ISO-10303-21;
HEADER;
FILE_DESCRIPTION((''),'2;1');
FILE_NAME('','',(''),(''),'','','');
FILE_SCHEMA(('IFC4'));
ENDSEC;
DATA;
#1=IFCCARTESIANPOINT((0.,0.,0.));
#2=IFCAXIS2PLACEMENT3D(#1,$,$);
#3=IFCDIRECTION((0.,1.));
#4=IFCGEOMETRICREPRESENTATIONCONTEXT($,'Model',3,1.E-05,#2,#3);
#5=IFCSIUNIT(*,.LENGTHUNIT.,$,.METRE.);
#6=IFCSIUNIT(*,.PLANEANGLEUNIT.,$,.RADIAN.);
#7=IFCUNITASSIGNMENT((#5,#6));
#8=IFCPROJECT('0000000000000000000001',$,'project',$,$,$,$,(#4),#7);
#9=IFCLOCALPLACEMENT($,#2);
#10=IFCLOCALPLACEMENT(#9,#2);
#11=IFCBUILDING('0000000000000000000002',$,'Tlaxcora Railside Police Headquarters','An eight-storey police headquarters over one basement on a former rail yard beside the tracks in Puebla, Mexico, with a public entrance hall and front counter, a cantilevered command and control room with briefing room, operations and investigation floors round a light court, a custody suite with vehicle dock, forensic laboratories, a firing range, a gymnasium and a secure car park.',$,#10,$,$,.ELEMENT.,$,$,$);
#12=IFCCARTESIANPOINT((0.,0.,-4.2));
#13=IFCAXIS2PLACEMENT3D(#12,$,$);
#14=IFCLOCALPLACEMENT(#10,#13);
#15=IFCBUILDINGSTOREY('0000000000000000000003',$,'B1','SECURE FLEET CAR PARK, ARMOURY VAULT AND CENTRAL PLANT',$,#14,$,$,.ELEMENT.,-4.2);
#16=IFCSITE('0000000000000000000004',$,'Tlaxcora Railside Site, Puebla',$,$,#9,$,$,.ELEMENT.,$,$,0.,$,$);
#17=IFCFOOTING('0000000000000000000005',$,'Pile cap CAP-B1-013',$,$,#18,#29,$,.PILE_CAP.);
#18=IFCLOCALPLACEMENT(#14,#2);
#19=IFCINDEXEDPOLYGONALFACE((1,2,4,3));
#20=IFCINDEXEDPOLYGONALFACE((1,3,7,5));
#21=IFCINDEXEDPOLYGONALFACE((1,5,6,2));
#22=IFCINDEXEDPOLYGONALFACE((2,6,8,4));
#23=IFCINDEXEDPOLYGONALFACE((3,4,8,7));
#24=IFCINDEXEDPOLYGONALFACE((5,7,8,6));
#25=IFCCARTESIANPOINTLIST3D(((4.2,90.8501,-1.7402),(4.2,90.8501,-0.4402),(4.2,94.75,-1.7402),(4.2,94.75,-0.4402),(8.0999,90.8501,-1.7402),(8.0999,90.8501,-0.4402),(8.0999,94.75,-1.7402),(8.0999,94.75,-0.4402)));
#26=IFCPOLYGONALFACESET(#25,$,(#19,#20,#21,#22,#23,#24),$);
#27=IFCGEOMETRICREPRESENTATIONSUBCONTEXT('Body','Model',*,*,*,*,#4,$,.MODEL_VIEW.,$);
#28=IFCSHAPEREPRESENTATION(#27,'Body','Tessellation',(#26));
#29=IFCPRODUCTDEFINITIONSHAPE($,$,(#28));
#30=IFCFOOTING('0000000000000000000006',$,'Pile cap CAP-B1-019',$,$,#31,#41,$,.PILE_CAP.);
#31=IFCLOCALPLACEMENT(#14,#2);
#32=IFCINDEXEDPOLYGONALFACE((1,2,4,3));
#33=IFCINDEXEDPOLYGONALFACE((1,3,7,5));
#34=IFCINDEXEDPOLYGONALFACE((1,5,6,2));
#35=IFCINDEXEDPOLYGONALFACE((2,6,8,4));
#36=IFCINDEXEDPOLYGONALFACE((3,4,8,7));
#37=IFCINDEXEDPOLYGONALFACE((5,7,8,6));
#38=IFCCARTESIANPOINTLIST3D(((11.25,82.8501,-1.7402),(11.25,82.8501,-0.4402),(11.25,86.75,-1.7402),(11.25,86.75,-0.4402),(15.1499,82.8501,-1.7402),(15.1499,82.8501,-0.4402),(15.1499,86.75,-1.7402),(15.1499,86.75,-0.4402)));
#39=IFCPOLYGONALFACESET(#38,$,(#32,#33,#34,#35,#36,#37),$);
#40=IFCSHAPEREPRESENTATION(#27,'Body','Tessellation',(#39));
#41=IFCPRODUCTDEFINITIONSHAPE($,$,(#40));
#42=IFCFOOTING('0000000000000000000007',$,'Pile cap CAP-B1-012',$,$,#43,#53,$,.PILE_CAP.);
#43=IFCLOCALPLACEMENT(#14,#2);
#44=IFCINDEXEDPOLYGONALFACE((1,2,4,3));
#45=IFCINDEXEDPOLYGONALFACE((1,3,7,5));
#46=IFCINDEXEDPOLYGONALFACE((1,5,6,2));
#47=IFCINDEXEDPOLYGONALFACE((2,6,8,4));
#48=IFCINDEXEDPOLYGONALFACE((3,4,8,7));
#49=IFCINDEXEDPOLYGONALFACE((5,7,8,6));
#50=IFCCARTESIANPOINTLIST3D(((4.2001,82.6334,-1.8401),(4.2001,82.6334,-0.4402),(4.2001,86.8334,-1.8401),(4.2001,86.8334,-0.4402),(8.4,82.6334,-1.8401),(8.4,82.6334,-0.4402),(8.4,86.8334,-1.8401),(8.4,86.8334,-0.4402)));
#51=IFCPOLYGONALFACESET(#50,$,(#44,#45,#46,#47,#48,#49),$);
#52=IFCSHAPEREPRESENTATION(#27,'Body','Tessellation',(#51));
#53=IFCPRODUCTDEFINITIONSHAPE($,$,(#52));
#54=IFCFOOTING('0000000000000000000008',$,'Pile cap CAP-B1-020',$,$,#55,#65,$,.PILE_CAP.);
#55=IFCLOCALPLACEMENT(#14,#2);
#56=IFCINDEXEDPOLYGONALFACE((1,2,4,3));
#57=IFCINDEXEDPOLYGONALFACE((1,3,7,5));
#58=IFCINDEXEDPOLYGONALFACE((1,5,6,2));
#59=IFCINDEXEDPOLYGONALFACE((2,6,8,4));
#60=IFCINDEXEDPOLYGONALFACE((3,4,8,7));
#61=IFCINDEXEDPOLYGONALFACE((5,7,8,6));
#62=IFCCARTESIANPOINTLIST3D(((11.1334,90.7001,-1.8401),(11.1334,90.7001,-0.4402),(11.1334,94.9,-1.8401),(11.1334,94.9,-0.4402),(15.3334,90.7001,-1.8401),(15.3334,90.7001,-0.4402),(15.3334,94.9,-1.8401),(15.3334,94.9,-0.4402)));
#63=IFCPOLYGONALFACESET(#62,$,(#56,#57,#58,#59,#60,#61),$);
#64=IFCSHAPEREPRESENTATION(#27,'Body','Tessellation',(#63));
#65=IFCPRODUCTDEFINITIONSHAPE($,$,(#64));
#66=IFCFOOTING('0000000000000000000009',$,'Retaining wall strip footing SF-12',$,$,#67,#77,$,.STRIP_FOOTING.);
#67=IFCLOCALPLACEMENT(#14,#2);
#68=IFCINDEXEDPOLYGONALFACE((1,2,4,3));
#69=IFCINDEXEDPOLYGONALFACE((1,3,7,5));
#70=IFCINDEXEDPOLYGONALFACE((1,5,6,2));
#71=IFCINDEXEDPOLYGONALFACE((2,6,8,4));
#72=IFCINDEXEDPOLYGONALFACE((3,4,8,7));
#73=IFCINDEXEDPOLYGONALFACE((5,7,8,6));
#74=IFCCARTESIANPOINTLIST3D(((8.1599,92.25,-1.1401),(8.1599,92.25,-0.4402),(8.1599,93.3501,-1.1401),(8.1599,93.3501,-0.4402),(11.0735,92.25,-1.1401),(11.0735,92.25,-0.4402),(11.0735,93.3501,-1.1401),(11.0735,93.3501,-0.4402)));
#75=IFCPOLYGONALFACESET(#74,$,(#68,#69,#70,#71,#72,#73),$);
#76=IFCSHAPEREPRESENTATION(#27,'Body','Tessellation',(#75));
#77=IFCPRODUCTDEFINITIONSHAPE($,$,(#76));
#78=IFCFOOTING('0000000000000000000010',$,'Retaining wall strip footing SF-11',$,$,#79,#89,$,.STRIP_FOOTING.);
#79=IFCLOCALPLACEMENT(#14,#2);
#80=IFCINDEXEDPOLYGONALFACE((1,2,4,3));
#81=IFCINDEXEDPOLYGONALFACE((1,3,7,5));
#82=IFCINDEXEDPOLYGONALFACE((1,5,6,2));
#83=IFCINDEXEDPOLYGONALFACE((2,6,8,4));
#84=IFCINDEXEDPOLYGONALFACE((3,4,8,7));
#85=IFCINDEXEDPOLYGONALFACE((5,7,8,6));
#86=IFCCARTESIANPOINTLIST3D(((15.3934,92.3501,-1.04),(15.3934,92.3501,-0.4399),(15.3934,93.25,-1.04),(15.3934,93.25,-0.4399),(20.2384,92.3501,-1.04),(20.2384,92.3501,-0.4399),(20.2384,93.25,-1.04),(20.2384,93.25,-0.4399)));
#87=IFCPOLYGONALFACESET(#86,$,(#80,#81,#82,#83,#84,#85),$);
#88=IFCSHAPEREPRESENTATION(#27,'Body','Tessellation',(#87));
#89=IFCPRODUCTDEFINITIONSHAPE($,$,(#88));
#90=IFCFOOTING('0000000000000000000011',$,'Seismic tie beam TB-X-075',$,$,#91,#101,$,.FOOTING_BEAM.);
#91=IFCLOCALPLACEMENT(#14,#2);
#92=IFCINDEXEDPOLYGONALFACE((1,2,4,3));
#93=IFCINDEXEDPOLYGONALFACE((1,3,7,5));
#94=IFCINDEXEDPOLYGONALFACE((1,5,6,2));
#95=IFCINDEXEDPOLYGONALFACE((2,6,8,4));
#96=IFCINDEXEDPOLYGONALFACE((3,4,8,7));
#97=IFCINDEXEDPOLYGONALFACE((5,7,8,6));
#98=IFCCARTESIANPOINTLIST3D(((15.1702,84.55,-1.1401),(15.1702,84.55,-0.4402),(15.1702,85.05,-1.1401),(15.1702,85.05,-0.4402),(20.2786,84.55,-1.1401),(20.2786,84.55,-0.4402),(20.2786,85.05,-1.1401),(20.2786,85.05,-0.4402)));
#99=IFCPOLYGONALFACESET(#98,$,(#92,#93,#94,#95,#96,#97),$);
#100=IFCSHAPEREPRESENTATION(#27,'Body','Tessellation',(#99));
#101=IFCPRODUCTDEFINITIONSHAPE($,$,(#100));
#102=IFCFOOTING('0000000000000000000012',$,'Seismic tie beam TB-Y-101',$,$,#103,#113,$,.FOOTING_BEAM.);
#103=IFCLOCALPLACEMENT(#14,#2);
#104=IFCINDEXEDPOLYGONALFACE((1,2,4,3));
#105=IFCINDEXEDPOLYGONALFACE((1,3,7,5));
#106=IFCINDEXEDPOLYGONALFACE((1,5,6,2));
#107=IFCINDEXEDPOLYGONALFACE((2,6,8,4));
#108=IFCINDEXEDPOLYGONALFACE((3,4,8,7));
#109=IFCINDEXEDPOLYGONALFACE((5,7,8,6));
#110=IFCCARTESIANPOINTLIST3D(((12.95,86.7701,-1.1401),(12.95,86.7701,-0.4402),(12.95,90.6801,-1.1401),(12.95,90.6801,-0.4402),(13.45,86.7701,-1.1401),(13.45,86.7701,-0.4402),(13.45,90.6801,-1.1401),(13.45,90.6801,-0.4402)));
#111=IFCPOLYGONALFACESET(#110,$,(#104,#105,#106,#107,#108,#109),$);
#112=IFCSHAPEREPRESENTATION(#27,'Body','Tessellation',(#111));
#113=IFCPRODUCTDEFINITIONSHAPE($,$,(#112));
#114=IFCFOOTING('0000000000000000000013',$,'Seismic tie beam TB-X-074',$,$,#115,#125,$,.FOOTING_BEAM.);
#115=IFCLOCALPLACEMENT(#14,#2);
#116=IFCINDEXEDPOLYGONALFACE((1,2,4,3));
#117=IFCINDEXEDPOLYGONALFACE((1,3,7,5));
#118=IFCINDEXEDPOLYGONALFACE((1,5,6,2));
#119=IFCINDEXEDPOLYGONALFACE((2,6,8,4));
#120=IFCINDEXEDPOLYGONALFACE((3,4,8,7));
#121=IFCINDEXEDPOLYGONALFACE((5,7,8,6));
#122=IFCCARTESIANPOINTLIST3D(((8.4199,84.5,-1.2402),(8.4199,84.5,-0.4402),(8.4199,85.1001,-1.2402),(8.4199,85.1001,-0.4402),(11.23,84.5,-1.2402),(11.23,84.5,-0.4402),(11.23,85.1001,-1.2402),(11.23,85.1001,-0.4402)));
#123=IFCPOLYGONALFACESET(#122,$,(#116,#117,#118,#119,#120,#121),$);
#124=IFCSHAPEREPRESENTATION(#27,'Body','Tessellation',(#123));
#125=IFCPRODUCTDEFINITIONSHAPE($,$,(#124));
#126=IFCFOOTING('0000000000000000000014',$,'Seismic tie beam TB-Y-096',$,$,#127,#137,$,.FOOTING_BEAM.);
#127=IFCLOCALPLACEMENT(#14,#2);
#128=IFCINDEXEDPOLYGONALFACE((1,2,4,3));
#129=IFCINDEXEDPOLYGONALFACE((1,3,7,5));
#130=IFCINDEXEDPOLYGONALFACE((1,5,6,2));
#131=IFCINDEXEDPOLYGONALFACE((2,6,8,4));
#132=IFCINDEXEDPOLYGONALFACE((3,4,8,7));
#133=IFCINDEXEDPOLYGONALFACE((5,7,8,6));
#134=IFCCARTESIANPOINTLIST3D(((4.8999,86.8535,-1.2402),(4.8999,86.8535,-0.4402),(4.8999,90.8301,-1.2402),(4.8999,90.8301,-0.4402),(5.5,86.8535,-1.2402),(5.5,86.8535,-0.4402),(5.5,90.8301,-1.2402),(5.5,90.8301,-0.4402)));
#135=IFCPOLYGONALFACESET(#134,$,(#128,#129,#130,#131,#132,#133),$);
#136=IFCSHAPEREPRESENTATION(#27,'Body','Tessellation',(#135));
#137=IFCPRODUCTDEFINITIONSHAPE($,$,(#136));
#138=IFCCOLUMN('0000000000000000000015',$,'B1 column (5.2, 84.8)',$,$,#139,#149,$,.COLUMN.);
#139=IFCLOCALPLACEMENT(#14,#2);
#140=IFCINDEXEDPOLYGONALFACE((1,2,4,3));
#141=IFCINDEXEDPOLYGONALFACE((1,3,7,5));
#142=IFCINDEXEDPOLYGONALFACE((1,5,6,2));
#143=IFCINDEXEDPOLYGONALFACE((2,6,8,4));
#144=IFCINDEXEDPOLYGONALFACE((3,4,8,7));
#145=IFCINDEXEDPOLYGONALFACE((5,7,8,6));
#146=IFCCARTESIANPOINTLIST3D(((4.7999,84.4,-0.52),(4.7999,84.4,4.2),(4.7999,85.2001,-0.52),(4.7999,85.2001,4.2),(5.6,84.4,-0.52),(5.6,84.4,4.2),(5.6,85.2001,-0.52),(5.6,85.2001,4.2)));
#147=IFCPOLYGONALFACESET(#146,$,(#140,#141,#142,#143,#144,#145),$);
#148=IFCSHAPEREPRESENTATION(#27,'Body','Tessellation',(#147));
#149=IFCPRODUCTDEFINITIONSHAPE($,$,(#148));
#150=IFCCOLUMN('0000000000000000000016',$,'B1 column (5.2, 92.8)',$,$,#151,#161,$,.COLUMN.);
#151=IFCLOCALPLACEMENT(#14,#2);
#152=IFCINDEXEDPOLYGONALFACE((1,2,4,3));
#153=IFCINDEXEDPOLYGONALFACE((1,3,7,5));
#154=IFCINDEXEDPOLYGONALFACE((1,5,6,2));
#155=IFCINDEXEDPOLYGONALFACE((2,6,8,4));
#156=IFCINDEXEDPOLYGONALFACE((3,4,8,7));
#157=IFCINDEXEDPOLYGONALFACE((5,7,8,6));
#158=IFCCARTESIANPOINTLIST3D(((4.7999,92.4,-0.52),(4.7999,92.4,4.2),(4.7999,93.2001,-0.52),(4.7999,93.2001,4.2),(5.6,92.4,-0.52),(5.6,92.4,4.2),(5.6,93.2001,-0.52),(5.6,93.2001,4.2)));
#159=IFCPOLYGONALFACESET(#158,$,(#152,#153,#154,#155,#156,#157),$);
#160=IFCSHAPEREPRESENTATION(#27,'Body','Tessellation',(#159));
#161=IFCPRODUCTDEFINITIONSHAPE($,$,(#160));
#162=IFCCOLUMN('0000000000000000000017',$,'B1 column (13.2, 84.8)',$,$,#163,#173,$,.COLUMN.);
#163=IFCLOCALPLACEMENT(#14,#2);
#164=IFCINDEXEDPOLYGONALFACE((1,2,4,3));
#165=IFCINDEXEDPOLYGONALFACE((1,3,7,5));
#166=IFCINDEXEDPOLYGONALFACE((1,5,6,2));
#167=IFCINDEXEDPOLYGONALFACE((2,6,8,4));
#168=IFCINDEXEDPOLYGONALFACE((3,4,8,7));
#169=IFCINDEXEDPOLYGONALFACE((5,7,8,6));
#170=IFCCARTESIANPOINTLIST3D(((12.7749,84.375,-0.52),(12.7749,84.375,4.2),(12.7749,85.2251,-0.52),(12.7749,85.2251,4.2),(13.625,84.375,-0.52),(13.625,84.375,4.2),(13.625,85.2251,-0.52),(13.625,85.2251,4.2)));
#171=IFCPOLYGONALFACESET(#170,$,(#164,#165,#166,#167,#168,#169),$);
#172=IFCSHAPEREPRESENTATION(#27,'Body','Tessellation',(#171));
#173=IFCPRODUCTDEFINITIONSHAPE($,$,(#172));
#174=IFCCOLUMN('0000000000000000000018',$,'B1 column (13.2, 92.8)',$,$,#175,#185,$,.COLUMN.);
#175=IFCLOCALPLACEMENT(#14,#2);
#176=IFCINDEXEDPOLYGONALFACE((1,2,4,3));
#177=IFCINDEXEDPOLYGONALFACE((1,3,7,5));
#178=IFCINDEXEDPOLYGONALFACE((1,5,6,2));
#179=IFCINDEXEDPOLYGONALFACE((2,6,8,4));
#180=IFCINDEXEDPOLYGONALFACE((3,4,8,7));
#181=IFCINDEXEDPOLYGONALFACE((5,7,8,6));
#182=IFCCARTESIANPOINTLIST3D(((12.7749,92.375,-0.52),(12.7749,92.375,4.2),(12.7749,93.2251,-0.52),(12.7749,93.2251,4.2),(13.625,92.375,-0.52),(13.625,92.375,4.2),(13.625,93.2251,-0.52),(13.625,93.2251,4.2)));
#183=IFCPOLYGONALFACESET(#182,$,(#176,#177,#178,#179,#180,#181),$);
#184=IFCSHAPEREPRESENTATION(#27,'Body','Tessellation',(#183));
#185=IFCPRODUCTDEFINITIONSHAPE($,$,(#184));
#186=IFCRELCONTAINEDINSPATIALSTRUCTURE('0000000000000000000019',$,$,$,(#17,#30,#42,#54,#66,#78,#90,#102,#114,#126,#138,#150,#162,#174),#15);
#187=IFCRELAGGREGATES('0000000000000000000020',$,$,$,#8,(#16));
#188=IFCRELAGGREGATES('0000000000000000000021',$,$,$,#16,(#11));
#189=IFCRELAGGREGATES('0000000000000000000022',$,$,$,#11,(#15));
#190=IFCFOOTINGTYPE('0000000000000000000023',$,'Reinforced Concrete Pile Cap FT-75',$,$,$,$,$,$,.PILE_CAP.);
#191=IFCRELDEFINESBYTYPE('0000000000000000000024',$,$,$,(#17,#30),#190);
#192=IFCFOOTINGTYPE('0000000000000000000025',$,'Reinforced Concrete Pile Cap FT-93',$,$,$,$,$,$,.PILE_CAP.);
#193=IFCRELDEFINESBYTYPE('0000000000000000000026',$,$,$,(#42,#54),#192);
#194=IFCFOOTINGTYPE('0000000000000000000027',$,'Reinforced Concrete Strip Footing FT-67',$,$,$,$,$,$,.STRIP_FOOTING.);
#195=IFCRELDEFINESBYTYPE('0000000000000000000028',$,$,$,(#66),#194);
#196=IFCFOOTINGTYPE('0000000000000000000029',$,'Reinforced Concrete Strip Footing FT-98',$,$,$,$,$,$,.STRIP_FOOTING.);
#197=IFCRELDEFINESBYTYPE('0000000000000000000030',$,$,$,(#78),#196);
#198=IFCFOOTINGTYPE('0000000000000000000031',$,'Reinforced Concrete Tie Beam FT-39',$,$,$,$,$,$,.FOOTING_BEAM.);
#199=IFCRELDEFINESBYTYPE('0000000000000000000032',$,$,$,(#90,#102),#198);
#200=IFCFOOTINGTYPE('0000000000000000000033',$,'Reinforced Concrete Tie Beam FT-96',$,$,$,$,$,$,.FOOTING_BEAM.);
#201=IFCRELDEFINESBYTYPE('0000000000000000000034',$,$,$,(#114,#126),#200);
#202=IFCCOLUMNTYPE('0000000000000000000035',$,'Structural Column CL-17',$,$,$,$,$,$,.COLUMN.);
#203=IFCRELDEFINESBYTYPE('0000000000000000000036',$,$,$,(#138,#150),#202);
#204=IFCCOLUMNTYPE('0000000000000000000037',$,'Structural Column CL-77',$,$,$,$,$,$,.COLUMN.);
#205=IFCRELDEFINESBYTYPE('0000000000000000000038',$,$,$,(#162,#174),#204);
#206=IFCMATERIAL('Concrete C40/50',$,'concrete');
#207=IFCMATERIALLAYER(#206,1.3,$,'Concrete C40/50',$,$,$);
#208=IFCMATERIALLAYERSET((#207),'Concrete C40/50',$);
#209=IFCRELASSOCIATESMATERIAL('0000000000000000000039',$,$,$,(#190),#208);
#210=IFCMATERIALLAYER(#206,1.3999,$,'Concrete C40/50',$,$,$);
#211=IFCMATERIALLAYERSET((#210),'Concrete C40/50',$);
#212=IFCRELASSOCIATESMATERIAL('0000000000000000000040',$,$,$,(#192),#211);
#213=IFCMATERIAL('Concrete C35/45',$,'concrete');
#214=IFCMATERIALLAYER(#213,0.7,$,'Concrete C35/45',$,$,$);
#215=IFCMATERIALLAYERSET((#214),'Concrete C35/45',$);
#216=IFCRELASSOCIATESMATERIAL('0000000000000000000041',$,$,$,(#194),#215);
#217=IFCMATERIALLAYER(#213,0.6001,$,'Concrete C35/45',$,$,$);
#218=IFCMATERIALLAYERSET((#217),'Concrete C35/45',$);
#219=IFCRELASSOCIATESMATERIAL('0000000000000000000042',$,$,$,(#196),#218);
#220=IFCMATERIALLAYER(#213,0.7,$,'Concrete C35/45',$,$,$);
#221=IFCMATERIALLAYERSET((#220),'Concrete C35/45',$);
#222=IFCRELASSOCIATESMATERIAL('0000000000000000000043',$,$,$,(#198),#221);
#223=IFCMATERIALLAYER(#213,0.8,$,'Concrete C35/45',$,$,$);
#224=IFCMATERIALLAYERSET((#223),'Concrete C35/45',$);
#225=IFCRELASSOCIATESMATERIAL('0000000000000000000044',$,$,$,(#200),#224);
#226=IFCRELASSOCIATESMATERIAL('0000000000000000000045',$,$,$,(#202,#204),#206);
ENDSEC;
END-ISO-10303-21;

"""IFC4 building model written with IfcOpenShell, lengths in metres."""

from ifc_helpers import new_model, si_unit, direction, frame, origin, origin_2d, place, context, subcontext, project, spatial, rectangle, extrude, material, layer, layer_set, material_profile, profile_set, type_object, element, save


model = new_model("IFC4")

# Units and contexts
model_context = context("Model", 3, precision=1e-05, world=origin(), true_north=direction((0.0, 1.0)))
body_context = subcontext(model_context, "Body", "Model", "MODEL_VIEW")
ifc_project = project(units=[si_unit("LENGTHUNIT", "METRE"), si_unit("PLANEANGLEUNIT", "RADIAN")], contexts=[model_context])

# Site, building, storey
site_placement = place(None, origin())
site = spatial("IfcSite", under=ifc_project, at=site_placement, Name="Tlaxcora Railside Site, Puebla", CompositionType="ELEMENT", RefElevation=0.0)
building_placement = place(site_placement, origin())
building = spatial("IfcBuilding", under=site, at=building_placement, Name="Tlaxcora Railside Police Headquarters", Description="An eight-storey police headquarters over one basement on a former rail yard beside the tracks in Puebla, Mexico, with a public entrance hall and front counter, a cantilevered command and control room with briefing room, operations and investigation floors round a light court, a custody suite with vehicle dock, forensic laboratories, a firing range, a gymnasium and a secure car park.", CompositionType="ELEMENT")
storey_placement = place(building_placement, frame((0.0, 0.0, -4.2)))
storey = spatial("IfcBuildingStorey", under=building, at=storey_placement, Name="B1", Description="SECURE FLEET CAR PARK, ARMOURY VAULT AND CENTRAL PLANT", CompositionType="ELEMENT", Elevation=-4.2)

# Shared definitions
ifc_material_1 = material(Name="Concrete C35/45", Category="concrete")

# Footings
ifc_material_2 = material(Name="Concrete C40/50", Category="concrete")
ifc_layer_1 = layer(ifc_material_2, 1.3, Name="Concrete C40/50")
ifc_layer_set_1 = layer_set([ifc_layer_1], Name="Concrete C40/50")
footing_type_1 = type_object("IfcFootingType", Name="Reinforced Concrete Pile Cap FT-75", PredefinedType="PILE_CAP", material=ifc_layer_set_1)
for number, where, z_axis, x_axis, name in (
    (1, (6.1499, 92.8, -1.7402), (0.0, 0.0, 1.0), (1.0, 0.0, 0.0), "Pile cap CAP-B1-013"),
    (2, (13.2, 84.8, -1.7402), (0.0, 0.0, 1.0), (1.0, 0.0, 0.0), "Pile cap CAP-B1-019"),
):
    element("IfcFooting", number, at=place(storey_placement, frame(where, z_axis=z_axis, x_axis=x_axis)), inside=storey, type_object=footing_type_1, Name=name, PredefinedType="PILE_CAP", context=body_context, shape_type="SweptSolid", body=[
        extrude(rectangle(XDim=3.8999, YDim=3.8999, at=origin_2d()), origin(), (0.0, 0.0, 1.0), 1.3),
    ])
ifc_layer_2 = layer(ifc_material_2, 1.3999, Name="Concrete C40/50")
ifc_layer_set_2 = layer_set([ifc_layer_2], Name="Concrete C40/50")
footing_type_2 = type_object("IfcFootingType", Name="Reinforced Concrete Pile Cap FT-93", PredefinedType="PILE_CAP", material=ifc_layer_set_2)
for number, where, z_axis, x_axis, name in (
    (3, (6.3, 84.7334, -1.8401), (0.0, 0.0, 1.0), (1.0, 0.0, 0.0), "Pile cap CAP-B1-012"),
    (4, (13.2334, 92.8, -1.8401), (0.0, 0.0, 1.0), (1.0, 0.0, 0.0), "Pile cap CAP-B1-020"),
):
    element("IfcFooting", number, at=place(storey_placement, frame(where, z_axis=z_axis, x_axis=x_axis)), inside=storey, type_object=footing_type_2, Name=name, PredefinedType="PILE_CAP", context=body_context, shape_type="SweptSolid", body=[
        extrude(rectangle(XDim=4.2, YDim=4.2, at=origin_2d()), origin(), (0.0, 0.0, 1.0), 1.3999),
    ])
ifc_layer_3 = layer(ifc_material_1, 0.7, Name="Concrete C35/45")
ifc_layer_set_3 = layer_set([ifc_layer_3], Name="Concrete C35/45")
footing_type_3 = type_object("IfcFootingType", Name="Reinforced Concrete Strip Footing FT-67", PredefinedType="STRIP_FOOTING", material=ifc_layer_set_3)
footing_1_placement = place(storey_placement, frame((9.6167, 92.8, -1.1401), z_axis=(0.0, 0.0, 1.0), x_axis=(1.0, 0.0, 0.0)))
element("IfcFooting", 5, at=footing_1_placement, inside=storey, type_object=footing_type_3, Name="Retaining wall strip footing SF-12", PredefinedType="STRIP_FOOTING", context=body_context, shape_type="SweptSolid", body=[
    extrude(rectangle(XDim=2.9136, YDim=1.1001, at=origin_2d()), origin(), (0.0, 0.0, 1.0), 0.7),
])
ifc_layer_4 = layer(ifc_material_1, 0.6001, Name="Concrete C35/45")
ifc_layer_set_4 = layer_set([ifc_layer_4], Name="Concrete C35/45")
footing_type_4 = type_object("IfcFootingType", Name="Reinforced Concrete Strip Footing FT-98", PredefinedType="STRIP_FOOTING", material=ifc_layer_set_4)
footing_2_placement = place(storey_placement, frame((17.8159, 92.8, -1.04), z_axis=(0.0, 0.0, 1.0), x_axis=(1.0, 0.0, 0.0)))
element("IfcFooting", 6, at=footing_2_placement, inside=storey, type_object=footing_type_4, Name="Retaining wall strip footing SF-11", PredefinedType="STRIP_FOOTING", context=body_context, shape_type="SweptSolid", body=[
    extrude(rectangle(XDim=4.845, YDim=0.8999, at=origin_2d()), origin(), (0.0, 0.0, 1.0), 0.6001),
])
ifc_layer_5 = layer(ifc_material_1, 0.7, Name="Concrete C35/45")
ifc_layer_set_5 = layer_set([ifc_layer_5], Name="Concrete C35/45")
footing_type_5 = type_object("IfcFootingType", Name="Reinforced Concrete Tie Beam FT-39", PredefinedType="FOOTING_BEAM", material=ifc_layer_set_5)
footing_3_placement = place(storey_placement, frame((17.7244, 84.8, -1.1401), z_axis=(0.0, 0.0, 1.0), x_axis=(1.0, 0.0, 0.0)))
element("IfcFooting", 7, at=footing_3_placement, inside=storey, type_object=footing_type_5, Name="Seismic tie beam TB-X-075", PredefinedType="FOOTING_BEAM", context=body_context, shape_type="SweptSolid", body=[
    extrude(rectangle(XDim=5.1084, YDim=0.5, at=origin_2d()), origin(), (0.0, 0.0, 1.0), 0.7),
])
footing_4_placement = place(storey_placement, frame((13.2, 88.7251, -1.1401), z_axis=(0.0, 0.0, 1.0), x_axis=(0.0, 1.0, 0.0)))
element("IfcFooting", 8, at=footing_4_placement, inside=storey, type_object=footing_type_5, Name="Seismic tie beam TB-Y-101", PredefinedType="FOOTING_BEAM", context=body_context, shape_type="SweptSolid", body=[
    extrude(rectangle(XDim=3.9099, YDim=0.5, at=origin_2d()), origin(), (0.0, 0.0, 1.0), 0.7),
])
ifc_layer_6 = layer(ifc_material_1, 0.8, Name="Concrete C35/45")
ifc_layer_set_6 = layer_set([ifc_layer_6], Name="Concrete C35/45")
footing_type_6 = type_object("IfcFootingType", Name="Reinforced Concrete Tie Beam FT-96", PredefinedType="FOOTING_BEAM", material=ifc_layer_set_6)
footing_5_placement = place(storey_placement, frame((9.825, 84.8, -1.2402), z_axis=(0.0, 0.0, 1.0), x_axis=(1.0, 0.0, 0.0)))
element("IfcFooting", 9, at=footing_5_placement, inside=storey, type_object=footing_type_6, Name="Seismic tie beam TB-X-074", PredefinedType="FOOTING_BEAM", context=body_context, shape_type="SweptSolid", body=[
    extrude(rectangle(XDim=2.8101, YDim=0.6001, at=origin_2d()), origin(), (0.0, 0.0, 1.0), 0.8),
])
footing_6_placement = place(storey_placement, frame((5.2, 88.8418, -1.2402), z_axis=(0.0, 0.0, 1.0), x_axis=(0.0, 1.0, 0.0)))
element("IfcFooting", 10, at=footing_6_placement, inside=storey, type_object=footing_type_6, Name="Seismic tie beam TB-Y-096", PredefinedType="FOOTING_BEAM", context=body_context, shape_type="SweptSolid", body=[
    extrude(rectangle(XDim=3.9766, YDim=0.6001, at=origin_2d()), origin(), (0.0, 0.0, 1.0), 0.8),
])

# Columns
ifc_material_profile_1 = material_profile(ifc_material_2, rectangle(XDim=0.8, YDim=0.8, at=origin_2d()), Name="RC800X800")
ifc_profile_set_1 = profile_set([ifc_material_profile_1], Name="Concrete C40/50")
column_type_1 = type_object("IfcColumnType", Name="Structural Column CL-17", PredefinedType="COLUMN", material=ifc_profile_set_1)
for number, where, z_axis, x_axis, name in (
    (11, (5.2, 84.8, -0.52), (0.0, 0.0, 1.0), (1.0, 0.0, 0.0), "B1 column (5.2, 84.8)"),
    (12, (5.2, 92.8, -0.52), (0.0, 0.0, 1.0), (1.0, 0.0, 0.0), "B1 column (5.2, 92.8)"),
):
    element("IfcColumn", number, at=place(storey_placement, frame(where, z_axis=z_axis, x_axis=x_axis)), inside=storey, type_object=column_type_1, Name=name, PredefinedType="COLUMN", context=body_context, shape_type="SweptSolid", body=[
        extrude(rectangle(XDim=0.8, YDim=0.8, at=origin_2d()), origin(), (0.0, 0.0, 1.0), 4.72),
    ])
ifc_material_profile_2 = material_profile(ifc_material_2, rectangle(XDim=0.8501, YDim=0.8501, at=origin_2d()), Name="RC850X850")
ifc_profile_set_2 = profile_set([ifc_material_profile_2], Name="Concrete C40/50")
column_type_2 = type_object("IfcColumnType", Name="Structural Column CL-77", PredefinedType="COLUMN", material=ifc_profile_set_2)
for number, where, z_axis, x_axis, name in (
    (13, (13.2, 84.8, -0.52), (0.0, 0.0, 1.0), (1.0, 0.0, 0.0), "B1 column (13.2, 84.8)"),
    (14, (13.2, 92.8, -0.52), (0.0, 0.0, 1.0), (1.0, 0.0, 0.0), "B1 column (13.2, 92.8)"),
):
    element("IfcColumn", number, at=place(storey_placement, frame(where, z_axis=z_axis, x_axis=x_axis)), inside=storey, type_object=column_type_2, Name=name, PredefinedType="COLUMN", context=body_context, shape_type="SweptSolid", body=[
        extrude(rectangle(XDim=0.8501, YDim=0.8501, at=origin_2d()), origin(), (0.0, 0.0, 1.0), 4.72),
    ])

save(model, "model.ifc")
